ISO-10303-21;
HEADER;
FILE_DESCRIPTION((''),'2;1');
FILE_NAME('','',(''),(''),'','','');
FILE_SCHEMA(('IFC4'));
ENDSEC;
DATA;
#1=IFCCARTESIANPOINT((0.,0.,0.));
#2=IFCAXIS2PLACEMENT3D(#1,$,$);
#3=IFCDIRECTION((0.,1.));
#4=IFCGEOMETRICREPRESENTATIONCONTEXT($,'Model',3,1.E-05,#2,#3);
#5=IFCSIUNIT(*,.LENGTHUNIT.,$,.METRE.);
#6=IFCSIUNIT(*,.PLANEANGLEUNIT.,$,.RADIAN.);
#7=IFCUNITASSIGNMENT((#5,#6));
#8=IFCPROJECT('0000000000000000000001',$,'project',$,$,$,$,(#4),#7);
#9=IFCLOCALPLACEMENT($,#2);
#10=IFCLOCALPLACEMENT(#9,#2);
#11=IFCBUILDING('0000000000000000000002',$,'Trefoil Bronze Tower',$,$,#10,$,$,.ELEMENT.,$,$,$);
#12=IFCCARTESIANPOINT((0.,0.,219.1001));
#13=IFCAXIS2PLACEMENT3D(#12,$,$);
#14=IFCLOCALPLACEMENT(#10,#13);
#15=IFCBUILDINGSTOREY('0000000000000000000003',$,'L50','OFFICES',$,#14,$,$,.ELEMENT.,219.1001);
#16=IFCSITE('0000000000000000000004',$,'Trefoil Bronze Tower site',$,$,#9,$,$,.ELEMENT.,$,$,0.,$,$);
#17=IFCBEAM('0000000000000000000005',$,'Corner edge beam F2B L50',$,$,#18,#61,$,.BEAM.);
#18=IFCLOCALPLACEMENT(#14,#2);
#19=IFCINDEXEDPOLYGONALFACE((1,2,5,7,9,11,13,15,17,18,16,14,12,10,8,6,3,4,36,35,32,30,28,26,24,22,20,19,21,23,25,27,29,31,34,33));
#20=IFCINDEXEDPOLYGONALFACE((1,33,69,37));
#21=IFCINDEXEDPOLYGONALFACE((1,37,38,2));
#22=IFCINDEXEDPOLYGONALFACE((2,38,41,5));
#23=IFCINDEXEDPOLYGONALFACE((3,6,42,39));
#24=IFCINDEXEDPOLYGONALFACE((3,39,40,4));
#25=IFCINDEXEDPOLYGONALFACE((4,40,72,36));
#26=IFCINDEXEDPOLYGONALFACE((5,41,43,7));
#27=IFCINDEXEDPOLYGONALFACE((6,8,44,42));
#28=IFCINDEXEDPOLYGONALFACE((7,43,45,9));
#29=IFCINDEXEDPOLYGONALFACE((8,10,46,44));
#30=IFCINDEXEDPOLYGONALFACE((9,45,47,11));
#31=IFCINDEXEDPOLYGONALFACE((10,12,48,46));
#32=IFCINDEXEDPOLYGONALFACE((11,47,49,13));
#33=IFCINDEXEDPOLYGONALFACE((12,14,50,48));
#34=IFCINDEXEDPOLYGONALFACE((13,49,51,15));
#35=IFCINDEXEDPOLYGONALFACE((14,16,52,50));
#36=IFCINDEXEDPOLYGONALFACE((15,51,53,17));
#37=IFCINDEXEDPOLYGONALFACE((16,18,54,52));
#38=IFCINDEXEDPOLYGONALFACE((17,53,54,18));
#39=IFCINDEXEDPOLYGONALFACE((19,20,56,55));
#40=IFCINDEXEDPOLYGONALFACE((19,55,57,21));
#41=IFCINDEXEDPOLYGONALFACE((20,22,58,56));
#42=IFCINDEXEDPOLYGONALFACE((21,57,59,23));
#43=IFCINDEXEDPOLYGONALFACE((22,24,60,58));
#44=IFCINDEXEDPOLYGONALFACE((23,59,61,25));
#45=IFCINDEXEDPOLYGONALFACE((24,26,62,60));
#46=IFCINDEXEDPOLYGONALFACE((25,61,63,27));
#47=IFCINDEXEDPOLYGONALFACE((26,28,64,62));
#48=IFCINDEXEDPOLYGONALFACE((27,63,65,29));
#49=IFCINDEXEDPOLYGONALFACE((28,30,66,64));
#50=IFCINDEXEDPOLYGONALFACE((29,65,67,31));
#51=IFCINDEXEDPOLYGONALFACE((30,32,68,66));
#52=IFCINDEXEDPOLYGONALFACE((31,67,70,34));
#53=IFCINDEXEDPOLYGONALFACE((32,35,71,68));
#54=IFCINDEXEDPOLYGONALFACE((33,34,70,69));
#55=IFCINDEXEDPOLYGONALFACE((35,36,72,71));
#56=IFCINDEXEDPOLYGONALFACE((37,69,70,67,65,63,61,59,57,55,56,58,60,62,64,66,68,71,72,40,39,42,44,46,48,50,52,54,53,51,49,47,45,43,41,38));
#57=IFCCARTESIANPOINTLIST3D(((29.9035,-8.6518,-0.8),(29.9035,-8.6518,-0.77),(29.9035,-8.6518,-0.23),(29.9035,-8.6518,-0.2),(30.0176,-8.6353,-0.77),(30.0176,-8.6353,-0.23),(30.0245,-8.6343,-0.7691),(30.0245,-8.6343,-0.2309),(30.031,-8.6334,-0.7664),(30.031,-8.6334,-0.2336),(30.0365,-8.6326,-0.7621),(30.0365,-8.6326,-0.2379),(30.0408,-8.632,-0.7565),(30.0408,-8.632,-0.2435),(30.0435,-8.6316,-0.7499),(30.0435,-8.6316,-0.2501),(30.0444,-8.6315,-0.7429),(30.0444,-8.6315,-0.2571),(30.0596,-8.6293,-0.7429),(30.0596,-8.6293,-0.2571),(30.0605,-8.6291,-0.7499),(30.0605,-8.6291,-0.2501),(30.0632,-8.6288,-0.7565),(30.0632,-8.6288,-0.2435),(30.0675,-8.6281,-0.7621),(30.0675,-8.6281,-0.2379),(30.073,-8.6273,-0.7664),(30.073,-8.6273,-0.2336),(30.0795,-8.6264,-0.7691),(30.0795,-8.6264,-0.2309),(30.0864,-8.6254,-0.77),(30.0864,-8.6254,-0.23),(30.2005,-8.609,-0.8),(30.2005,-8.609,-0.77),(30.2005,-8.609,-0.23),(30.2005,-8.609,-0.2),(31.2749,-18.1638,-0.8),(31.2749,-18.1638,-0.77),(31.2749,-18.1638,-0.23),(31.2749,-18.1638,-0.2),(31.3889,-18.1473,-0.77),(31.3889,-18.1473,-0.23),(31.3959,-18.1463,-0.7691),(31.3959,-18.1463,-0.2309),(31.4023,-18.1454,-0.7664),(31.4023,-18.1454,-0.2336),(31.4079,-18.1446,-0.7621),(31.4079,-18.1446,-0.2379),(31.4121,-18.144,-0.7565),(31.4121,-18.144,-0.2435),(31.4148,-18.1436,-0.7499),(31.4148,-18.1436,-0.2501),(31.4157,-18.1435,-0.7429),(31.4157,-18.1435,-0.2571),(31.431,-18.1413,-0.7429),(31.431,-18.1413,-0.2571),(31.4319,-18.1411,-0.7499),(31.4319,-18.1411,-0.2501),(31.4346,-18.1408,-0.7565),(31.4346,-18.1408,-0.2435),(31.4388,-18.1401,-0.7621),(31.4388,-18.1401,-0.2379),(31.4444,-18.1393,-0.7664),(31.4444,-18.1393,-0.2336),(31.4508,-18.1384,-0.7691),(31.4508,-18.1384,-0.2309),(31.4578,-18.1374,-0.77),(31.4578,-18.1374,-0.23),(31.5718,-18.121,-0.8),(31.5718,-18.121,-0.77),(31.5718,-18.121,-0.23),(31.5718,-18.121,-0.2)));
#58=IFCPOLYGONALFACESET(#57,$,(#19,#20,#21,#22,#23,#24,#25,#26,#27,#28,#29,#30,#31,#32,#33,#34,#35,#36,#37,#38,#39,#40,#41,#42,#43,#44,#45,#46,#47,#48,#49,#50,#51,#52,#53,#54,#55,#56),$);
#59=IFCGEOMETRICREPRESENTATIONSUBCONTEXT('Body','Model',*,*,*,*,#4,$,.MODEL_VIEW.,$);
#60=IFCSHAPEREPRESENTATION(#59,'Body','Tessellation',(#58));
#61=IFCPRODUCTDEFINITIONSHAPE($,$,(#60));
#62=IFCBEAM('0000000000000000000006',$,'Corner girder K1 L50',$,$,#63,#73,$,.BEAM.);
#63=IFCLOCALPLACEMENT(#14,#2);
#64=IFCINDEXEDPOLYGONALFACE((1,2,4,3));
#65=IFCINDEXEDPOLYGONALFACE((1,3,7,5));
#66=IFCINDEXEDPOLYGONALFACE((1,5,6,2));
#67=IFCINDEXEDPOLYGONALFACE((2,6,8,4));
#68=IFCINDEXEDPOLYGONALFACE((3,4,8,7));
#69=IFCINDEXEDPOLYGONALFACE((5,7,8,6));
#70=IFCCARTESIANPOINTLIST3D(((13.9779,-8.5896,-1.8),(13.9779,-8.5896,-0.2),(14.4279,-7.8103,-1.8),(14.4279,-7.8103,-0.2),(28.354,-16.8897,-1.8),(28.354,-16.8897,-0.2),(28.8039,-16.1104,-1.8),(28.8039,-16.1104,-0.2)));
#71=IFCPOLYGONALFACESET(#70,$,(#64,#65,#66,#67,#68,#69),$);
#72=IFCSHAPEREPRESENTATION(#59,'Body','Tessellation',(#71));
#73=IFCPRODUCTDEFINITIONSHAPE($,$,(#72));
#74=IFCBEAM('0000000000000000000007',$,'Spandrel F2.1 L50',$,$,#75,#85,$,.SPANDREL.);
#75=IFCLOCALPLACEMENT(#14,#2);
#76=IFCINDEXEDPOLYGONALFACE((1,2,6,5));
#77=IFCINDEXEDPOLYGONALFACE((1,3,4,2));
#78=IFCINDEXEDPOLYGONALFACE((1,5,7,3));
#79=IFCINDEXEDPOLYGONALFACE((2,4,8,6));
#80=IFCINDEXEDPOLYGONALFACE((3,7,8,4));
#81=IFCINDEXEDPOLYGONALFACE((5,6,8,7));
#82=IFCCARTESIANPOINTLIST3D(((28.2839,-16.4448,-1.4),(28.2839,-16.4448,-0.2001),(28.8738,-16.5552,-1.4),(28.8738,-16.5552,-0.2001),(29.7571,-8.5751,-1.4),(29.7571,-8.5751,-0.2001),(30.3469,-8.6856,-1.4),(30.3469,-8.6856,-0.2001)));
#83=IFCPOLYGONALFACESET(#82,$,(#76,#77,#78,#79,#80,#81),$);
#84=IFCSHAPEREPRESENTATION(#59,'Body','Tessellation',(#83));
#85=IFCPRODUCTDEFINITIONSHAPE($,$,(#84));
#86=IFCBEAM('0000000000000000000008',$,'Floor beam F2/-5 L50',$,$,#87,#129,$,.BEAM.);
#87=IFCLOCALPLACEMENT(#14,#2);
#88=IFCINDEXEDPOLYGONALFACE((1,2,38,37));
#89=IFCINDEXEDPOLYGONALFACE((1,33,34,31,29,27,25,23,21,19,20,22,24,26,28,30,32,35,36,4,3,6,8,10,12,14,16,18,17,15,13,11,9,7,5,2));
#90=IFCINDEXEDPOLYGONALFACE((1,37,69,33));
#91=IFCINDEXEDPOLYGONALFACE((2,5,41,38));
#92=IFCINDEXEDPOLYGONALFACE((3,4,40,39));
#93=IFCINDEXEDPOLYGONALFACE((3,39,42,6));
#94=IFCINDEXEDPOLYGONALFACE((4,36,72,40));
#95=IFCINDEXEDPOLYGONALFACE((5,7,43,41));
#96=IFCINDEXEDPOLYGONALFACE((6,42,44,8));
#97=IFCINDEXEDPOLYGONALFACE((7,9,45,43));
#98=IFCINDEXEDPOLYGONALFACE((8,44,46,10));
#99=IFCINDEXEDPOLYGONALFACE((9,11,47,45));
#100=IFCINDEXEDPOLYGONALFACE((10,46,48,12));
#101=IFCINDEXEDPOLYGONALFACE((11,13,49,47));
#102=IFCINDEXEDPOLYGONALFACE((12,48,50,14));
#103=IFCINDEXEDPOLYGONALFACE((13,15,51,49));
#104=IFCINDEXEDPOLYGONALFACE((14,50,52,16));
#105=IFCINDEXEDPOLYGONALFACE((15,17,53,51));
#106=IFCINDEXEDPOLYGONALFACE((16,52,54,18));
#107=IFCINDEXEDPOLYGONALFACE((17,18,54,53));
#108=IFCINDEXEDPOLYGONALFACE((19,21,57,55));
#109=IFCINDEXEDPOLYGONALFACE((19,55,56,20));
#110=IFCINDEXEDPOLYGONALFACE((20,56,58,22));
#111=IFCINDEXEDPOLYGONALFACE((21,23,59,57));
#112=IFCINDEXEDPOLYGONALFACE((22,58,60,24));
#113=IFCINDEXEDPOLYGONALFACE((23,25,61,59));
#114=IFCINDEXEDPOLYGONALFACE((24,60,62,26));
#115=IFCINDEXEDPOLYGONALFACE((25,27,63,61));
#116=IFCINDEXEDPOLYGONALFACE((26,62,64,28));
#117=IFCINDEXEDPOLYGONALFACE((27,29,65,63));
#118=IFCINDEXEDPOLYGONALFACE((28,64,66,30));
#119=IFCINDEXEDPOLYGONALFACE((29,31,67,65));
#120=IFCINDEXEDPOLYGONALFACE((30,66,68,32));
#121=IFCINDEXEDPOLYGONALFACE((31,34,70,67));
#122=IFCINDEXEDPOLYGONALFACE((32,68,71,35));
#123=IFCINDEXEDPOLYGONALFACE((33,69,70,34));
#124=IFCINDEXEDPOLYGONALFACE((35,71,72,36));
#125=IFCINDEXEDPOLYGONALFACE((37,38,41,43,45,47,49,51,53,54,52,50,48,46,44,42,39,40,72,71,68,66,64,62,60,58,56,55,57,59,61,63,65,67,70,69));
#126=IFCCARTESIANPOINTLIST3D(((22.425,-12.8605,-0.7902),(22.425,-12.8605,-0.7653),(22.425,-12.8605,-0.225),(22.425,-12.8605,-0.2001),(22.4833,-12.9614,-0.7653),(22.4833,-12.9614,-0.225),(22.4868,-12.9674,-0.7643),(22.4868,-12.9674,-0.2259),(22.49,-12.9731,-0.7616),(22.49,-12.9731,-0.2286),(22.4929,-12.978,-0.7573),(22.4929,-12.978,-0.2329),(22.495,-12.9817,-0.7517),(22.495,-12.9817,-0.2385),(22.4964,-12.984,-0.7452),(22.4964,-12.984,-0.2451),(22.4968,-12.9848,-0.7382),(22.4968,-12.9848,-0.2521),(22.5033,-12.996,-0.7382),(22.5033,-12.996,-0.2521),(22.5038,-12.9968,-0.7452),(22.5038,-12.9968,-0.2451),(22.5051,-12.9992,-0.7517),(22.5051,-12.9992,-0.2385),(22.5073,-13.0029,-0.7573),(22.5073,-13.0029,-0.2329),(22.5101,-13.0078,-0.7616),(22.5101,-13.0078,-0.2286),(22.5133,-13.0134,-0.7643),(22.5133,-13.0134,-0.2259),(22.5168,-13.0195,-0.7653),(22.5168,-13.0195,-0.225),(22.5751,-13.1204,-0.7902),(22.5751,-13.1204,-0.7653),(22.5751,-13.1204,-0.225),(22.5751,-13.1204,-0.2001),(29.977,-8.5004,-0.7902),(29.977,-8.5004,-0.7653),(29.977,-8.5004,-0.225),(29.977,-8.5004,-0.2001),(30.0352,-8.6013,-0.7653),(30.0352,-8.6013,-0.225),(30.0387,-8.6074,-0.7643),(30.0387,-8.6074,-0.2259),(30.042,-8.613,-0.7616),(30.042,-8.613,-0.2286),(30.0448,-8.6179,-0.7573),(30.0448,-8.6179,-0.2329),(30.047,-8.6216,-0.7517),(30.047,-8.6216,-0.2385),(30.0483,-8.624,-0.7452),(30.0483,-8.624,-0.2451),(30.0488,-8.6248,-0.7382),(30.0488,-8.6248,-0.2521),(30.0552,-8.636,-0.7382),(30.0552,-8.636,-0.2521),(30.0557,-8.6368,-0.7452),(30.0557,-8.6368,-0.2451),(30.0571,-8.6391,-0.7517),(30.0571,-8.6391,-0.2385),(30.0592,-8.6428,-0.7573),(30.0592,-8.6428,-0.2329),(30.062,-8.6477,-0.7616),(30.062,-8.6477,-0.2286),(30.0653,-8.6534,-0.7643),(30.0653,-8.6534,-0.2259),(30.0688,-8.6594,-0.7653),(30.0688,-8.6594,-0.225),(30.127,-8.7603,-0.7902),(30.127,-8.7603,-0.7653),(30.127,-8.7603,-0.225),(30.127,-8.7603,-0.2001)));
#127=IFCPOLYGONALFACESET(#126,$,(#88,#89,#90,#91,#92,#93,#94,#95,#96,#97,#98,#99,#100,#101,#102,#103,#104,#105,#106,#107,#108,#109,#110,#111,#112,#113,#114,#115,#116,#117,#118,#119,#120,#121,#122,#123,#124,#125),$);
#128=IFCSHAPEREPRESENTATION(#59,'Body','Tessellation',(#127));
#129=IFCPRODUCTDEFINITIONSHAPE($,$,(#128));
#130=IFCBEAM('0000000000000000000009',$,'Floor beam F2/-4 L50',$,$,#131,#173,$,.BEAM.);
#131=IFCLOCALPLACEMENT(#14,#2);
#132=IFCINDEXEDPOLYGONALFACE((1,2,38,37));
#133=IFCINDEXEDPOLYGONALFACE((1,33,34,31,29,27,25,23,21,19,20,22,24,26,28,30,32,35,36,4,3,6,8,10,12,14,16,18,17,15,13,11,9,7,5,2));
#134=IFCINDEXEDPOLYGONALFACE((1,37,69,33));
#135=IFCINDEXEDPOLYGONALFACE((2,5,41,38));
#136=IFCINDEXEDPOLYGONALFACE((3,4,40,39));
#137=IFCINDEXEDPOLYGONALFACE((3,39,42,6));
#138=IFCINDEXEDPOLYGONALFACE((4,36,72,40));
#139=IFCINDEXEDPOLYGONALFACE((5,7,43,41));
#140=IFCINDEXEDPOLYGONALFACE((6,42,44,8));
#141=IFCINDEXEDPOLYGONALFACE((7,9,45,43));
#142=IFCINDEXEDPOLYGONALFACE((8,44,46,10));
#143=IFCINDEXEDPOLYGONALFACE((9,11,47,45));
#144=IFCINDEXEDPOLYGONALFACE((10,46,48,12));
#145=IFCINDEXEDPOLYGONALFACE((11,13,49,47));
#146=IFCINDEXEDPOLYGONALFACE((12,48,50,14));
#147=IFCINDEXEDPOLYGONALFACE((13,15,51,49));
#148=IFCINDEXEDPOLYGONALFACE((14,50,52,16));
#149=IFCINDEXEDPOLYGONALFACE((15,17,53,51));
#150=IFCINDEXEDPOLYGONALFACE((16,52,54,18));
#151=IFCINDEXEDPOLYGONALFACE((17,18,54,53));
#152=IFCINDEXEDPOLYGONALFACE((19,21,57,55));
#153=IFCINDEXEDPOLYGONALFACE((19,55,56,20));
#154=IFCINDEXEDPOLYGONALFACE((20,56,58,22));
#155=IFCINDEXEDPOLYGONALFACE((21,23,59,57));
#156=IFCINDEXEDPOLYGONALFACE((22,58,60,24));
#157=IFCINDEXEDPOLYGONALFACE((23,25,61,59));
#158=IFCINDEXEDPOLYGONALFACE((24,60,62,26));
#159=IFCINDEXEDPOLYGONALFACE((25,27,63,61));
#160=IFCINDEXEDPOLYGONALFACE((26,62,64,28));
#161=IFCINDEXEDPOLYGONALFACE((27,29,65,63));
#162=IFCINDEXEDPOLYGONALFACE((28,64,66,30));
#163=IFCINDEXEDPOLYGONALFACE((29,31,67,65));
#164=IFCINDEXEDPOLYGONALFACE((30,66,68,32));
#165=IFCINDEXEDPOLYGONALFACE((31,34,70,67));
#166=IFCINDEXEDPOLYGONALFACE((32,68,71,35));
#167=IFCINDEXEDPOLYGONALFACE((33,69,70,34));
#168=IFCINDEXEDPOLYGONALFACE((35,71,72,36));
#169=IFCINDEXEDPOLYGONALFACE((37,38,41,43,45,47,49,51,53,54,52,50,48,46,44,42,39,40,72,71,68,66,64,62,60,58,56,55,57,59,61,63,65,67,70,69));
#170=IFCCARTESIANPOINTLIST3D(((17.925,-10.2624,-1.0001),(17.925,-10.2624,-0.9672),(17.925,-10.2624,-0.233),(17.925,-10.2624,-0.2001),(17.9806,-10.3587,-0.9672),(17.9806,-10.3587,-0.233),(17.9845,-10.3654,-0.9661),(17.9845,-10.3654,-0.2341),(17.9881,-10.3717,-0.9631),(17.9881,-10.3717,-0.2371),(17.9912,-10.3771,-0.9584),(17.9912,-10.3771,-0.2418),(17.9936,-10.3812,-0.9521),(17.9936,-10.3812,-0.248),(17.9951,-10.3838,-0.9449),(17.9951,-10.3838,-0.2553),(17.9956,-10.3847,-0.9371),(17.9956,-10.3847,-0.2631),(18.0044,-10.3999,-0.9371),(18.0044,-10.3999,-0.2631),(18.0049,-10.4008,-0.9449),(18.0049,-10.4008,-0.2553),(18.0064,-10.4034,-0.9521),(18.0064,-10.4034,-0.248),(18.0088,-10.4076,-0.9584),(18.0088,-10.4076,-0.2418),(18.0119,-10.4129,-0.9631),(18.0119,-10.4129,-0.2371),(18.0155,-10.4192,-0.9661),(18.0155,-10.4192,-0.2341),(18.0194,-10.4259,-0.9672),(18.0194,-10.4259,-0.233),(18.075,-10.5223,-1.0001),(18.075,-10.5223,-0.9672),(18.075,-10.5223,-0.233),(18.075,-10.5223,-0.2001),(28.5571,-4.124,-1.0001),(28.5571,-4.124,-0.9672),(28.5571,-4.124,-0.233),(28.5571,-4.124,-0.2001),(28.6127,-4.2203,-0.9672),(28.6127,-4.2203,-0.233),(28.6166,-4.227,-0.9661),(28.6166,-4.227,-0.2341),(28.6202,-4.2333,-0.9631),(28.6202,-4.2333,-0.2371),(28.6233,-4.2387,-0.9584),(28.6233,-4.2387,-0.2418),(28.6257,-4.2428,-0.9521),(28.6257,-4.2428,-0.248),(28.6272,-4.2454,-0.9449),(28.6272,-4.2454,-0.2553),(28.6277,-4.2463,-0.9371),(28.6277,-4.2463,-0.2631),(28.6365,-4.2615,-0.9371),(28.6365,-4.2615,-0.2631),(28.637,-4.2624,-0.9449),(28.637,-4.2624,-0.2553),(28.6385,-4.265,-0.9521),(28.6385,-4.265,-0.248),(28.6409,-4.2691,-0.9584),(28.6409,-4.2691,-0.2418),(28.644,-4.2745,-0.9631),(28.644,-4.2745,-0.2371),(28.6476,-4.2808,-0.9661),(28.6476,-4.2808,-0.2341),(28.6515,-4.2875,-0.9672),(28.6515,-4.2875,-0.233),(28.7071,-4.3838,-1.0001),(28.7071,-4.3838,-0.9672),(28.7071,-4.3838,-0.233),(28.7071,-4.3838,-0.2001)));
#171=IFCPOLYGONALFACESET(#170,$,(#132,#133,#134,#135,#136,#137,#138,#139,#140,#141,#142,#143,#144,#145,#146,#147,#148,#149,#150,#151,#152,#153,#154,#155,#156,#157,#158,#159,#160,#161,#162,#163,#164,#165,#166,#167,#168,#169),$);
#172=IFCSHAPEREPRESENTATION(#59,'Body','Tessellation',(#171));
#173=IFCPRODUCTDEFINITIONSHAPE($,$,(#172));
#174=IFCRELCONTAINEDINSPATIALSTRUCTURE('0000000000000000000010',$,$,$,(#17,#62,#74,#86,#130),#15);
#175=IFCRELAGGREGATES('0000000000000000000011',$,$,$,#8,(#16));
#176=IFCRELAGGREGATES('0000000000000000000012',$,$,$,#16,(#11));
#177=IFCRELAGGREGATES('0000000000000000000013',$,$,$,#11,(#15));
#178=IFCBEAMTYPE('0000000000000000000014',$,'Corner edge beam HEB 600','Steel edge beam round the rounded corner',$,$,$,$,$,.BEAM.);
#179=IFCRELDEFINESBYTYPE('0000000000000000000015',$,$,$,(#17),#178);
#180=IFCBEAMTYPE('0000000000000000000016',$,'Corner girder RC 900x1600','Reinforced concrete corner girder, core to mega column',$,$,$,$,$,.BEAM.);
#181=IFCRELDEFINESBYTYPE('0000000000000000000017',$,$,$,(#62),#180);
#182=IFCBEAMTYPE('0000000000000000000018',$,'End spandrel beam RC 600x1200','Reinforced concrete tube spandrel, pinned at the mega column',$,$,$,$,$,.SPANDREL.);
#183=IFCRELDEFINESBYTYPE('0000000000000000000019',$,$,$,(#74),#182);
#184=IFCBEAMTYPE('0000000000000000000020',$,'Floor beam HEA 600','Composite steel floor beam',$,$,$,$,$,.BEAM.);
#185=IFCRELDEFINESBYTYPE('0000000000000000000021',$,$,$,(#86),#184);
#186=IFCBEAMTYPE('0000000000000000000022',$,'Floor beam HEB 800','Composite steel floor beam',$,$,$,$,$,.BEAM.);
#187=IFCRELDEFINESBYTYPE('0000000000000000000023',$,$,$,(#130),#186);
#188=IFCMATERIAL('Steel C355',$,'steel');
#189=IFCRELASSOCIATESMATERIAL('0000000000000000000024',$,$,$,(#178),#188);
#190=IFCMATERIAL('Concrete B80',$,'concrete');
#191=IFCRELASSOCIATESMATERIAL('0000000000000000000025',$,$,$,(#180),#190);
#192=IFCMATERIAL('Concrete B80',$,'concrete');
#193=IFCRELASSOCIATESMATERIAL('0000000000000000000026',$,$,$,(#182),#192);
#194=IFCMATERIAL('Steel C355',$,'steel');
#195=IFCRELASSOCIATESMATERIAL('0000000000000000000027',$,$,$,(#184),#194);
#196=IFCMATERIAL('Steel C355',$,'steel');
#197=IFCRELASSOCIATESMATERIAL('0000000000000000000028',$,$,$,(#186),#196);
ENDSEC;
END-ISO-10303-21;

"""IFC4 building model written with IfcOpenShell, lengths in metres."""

from ifc_helpers import new_model, si_unit, direction, frame, origin, origin_2d, place, context, subcontext, project, spatial, rectangle, i_section, extrude, material, material_profile, profile_set, type_object, element, save


model = new_model("IFC4")

# Units and contexts
model_context = context("Model", 3, precision=1e-05, world=origin(), true_north=direction((0.0, 1.0)))
body_context = subcontext(model_context, "Body", "Model", "MODEL_VIEW")
ifc_project = project(units=[si_unit("LENGTHUNIT", "METRE"), si_unit("PLANEANGLEUNIT", "RADIAN")], contexts=[model_context])

# Site, building, storey
site_placement = place(None, origin())
site = spatial("IfcSite", under=ifc_project, at=site_placement, Name="Trefoil Bronze Tower site", CompositionType="ELEMENT", RefElevation=0.0)
building_placement = place(site_placement, origin())
building = spatial("IfcBuilding", under=site, at=building_placement, Name="Trefoil Bronze Tower", CompositionType="ELEMENT")
storey_placement = place(building_placement, frame((0.0, 0.0, 219.1001)))
storey = spatial("IfcBuildingStorey", under=building, at=storey_placement, Name="L50", Description="OFFICES", CompositionType="ELEMENT", Elevation=219.1001)

# Beams
ifc_material_1 = material(Name="Steel C355", Category="steel")
ifc_material_profile_1 = material_profile(ifc_material_1, i_section(OverallWidth=0.3, OverallDepth=0.6001, WebThickness=0.0154, FlangeThickness=0.03, FilletRadius=0.0271, at=origin_2d()), Name="HEB 600")
ifc_profile_set_1 = profile_set([ifc_material_profile_1], Name="Steel C355")
beam_type_1 = type_object("IfcBeamType", Name="Corner edge beam HEB 600", Description="Steel edge beam round the rounded corner", PredefinedType="BEAM", material=ifc_profile_set_1)
beam_1_placement = place(storey_placement, frame((30.052, -8.6304, -0.5), z_axis=(0.142694, -0.989767, 0.0), x_axis=(0.989767, 0.142694, 0.0)))
element("IfcBeam", 1, at=beam_1_placement, inside=storey, type_object=beam_type_1, Name="Corner edge beam F2B L50", PredefinedType="BEAM", context=body_context, shape_type="SweptSolid", body=[
    extrude(i_section(OverallWidth=0.3, OverallDepth=0.6001, WebThickness=0.0154, FlangeThickness=0.03, FilletRadius=0.0271, at=origin_2d()), origin(), (0.0, 0.0, 1.0), 9.6104),
])
ifc_material_2 = material(Name="Concrete B80", Category="concrete")
ifc_material_profile_2 = material_profile(ifc_material_2, rectangle(XDim=0.8999, YDim=1.6001, at=origin_2d()), Name="RC 900x1600")
ifc_profile_set_2 = profile_set([ifc_material_profile_2], Name="Concrete B80")
beam_type_2 = type_object("IfcBeamType", Name="Corner girder RC 900x1600", Description="Reinforced concrete corner girder, core to mega column", PredefinedType="BEAM", material=ifc_profile_set_2)
beam_2_placement = place(storey_placement, frame((14.2029, -8.2, -1.0), z_axis=(0.866023, -0.500003, 0.0), x_axis=(0.500003, 0.866023, 0.0)))
element("IfcBeam", 2, at=beam_2_placement, inside=storey, type_object=beam_type_2, Name="Corner girder K1 L50", PredefinedType="BEAM", context=body_context, shape_type="SweptSolid", body=[
    extrude(rectangle(XDim=0.8999, YDim=1.6001, at=origin_2d()), origin(), (0.0, 0.0, 1.0), 16.6001),
])
ifc_material_3 = material(Name="Concrete B80", Category="concrete")
ifc_material_profile_3 = material_profile(ifc_material_3, rectangle(XDim=0.6001, YDim=1.2, at=origin_2d()), Name="RC 600x1200")
ifc_profile_set_3 = profile_set([ifc_material_profile_3], Name="Concrete B80")
beam_type_3 = type_object("IfcBeamType", Name="End spandrel beam RC 600x1200", Description="Reinforced concrete tube spandrel, pinned at the mega column", PredefinedType="SPANDREL", material=ifc_profile_set_3)
beam_3_placement = place(storey_placement, frame((28.5789, -16.5, -0.8), z_axis=(0.183998, 0.982927, 0.0), x_axis=(-0.982927, 0.183998, 0.0)))
element("IfcBeam", 3, at=beam_3_placement, inside=storey, type_object=beam_type_3, Name="Spandrel F2.1 L50", PredefinedType="SPANDREL", context=body_context, shape_type="SweptSolid", body=[
    extrude(rectangle(XDim=0.6001, YDim=1.2, at=origin_2d()), origin(), (0.0, 0.0, 1.0), 8.0063),
])
ifc_material_4 = material(Name="Steel C355", Category="steel")
ifc_material_profile_4 = material_profile(ifc_material_4, i_section(OverallWidth=0.3, OverallDepth=0.5901, WebThickness=0.0129, FlangeThickness=0.0249, FilletRadius=0.0271, at=origin_2d()), Name="HEA 600")
ifc_profile_set_4 = profile_set([ifc_material_profile_4], Name="Steel C355")
beam_type_4 = type_object("IfcBeamType", Name="Floor beam HEA 600", Description="Composite steel floor beam", PredefinedType="BEAM", material=ifc_profile_set_4)
beam_4_placement = place(storey_placement, frame((30.052, -8.6304, -0.4951), z_axis=(-0.866028, -0.499996, 0.0), x_axis=(0.499996, -0.866028, 0.0)))
element("IfcBeam", 4, at=beam_4_placement, inside=storey, type_object=beam_type_4, Name="Floor beam F2/-5 L50", PredefinedType="BEAM", context=body_context, shape_type="SweptSolid", body=[
    extrude(i_section(OverallWidth=0.3, OverallDepth=0.5901, WebThickness=0.0129, FlangeThickness=0.0249, FilletRadius=0.0271, at=origin_2d()), origin(), (0.0, 0.0, 1.0), 8.7202),
])
ifc_material_5 = material(Name="Steel C355", Category="steel")
ifc_material_profile_5 = material_profile(ifc_material_5, i_section(OverallWidth=0.3, OverallDepth=0.8, WebThickness=0.0176, FlangeThickness=0.033, FilletRadius=0.03, at=origin_2d()), Name="HEB 800")
ifc_profile_set_5 = profile_set([ifc_material_profile_5], Name="Steel C355")
beam_type_5 = type_object("IfcBeamType", Name="Floor beam HEB 800", Description="Composite steel floor beam", PredefinedType="BEAM", material=ifc_profile_set_5)
beam_5_placement = place(storey_placement, frame((28.6321, -4.2539, -0.6001), z_axis=(-0.866026, -0.5, 0.0), x_axis=(0.5, -0.866026, 0.0)))
element("IfcBeam", 5, at=beam_5_placement, inside=storey, type_object=beam_type_5, Name="Floor beam F2/-4 L50", PredefinedType="BEAM", context=body_context, shape_type="SweptSolid", body=[
    extrude(i_section(OverallWidth=0.3, OverallDepth=0.8, WebThickness=0.0176, FlangeThickness=0.033, FilletRadius=0.03, at=origin_2d()), origin(), (0.0, 0.0, 1.0), 12.2769),
])

save(model, "model.ifc")
